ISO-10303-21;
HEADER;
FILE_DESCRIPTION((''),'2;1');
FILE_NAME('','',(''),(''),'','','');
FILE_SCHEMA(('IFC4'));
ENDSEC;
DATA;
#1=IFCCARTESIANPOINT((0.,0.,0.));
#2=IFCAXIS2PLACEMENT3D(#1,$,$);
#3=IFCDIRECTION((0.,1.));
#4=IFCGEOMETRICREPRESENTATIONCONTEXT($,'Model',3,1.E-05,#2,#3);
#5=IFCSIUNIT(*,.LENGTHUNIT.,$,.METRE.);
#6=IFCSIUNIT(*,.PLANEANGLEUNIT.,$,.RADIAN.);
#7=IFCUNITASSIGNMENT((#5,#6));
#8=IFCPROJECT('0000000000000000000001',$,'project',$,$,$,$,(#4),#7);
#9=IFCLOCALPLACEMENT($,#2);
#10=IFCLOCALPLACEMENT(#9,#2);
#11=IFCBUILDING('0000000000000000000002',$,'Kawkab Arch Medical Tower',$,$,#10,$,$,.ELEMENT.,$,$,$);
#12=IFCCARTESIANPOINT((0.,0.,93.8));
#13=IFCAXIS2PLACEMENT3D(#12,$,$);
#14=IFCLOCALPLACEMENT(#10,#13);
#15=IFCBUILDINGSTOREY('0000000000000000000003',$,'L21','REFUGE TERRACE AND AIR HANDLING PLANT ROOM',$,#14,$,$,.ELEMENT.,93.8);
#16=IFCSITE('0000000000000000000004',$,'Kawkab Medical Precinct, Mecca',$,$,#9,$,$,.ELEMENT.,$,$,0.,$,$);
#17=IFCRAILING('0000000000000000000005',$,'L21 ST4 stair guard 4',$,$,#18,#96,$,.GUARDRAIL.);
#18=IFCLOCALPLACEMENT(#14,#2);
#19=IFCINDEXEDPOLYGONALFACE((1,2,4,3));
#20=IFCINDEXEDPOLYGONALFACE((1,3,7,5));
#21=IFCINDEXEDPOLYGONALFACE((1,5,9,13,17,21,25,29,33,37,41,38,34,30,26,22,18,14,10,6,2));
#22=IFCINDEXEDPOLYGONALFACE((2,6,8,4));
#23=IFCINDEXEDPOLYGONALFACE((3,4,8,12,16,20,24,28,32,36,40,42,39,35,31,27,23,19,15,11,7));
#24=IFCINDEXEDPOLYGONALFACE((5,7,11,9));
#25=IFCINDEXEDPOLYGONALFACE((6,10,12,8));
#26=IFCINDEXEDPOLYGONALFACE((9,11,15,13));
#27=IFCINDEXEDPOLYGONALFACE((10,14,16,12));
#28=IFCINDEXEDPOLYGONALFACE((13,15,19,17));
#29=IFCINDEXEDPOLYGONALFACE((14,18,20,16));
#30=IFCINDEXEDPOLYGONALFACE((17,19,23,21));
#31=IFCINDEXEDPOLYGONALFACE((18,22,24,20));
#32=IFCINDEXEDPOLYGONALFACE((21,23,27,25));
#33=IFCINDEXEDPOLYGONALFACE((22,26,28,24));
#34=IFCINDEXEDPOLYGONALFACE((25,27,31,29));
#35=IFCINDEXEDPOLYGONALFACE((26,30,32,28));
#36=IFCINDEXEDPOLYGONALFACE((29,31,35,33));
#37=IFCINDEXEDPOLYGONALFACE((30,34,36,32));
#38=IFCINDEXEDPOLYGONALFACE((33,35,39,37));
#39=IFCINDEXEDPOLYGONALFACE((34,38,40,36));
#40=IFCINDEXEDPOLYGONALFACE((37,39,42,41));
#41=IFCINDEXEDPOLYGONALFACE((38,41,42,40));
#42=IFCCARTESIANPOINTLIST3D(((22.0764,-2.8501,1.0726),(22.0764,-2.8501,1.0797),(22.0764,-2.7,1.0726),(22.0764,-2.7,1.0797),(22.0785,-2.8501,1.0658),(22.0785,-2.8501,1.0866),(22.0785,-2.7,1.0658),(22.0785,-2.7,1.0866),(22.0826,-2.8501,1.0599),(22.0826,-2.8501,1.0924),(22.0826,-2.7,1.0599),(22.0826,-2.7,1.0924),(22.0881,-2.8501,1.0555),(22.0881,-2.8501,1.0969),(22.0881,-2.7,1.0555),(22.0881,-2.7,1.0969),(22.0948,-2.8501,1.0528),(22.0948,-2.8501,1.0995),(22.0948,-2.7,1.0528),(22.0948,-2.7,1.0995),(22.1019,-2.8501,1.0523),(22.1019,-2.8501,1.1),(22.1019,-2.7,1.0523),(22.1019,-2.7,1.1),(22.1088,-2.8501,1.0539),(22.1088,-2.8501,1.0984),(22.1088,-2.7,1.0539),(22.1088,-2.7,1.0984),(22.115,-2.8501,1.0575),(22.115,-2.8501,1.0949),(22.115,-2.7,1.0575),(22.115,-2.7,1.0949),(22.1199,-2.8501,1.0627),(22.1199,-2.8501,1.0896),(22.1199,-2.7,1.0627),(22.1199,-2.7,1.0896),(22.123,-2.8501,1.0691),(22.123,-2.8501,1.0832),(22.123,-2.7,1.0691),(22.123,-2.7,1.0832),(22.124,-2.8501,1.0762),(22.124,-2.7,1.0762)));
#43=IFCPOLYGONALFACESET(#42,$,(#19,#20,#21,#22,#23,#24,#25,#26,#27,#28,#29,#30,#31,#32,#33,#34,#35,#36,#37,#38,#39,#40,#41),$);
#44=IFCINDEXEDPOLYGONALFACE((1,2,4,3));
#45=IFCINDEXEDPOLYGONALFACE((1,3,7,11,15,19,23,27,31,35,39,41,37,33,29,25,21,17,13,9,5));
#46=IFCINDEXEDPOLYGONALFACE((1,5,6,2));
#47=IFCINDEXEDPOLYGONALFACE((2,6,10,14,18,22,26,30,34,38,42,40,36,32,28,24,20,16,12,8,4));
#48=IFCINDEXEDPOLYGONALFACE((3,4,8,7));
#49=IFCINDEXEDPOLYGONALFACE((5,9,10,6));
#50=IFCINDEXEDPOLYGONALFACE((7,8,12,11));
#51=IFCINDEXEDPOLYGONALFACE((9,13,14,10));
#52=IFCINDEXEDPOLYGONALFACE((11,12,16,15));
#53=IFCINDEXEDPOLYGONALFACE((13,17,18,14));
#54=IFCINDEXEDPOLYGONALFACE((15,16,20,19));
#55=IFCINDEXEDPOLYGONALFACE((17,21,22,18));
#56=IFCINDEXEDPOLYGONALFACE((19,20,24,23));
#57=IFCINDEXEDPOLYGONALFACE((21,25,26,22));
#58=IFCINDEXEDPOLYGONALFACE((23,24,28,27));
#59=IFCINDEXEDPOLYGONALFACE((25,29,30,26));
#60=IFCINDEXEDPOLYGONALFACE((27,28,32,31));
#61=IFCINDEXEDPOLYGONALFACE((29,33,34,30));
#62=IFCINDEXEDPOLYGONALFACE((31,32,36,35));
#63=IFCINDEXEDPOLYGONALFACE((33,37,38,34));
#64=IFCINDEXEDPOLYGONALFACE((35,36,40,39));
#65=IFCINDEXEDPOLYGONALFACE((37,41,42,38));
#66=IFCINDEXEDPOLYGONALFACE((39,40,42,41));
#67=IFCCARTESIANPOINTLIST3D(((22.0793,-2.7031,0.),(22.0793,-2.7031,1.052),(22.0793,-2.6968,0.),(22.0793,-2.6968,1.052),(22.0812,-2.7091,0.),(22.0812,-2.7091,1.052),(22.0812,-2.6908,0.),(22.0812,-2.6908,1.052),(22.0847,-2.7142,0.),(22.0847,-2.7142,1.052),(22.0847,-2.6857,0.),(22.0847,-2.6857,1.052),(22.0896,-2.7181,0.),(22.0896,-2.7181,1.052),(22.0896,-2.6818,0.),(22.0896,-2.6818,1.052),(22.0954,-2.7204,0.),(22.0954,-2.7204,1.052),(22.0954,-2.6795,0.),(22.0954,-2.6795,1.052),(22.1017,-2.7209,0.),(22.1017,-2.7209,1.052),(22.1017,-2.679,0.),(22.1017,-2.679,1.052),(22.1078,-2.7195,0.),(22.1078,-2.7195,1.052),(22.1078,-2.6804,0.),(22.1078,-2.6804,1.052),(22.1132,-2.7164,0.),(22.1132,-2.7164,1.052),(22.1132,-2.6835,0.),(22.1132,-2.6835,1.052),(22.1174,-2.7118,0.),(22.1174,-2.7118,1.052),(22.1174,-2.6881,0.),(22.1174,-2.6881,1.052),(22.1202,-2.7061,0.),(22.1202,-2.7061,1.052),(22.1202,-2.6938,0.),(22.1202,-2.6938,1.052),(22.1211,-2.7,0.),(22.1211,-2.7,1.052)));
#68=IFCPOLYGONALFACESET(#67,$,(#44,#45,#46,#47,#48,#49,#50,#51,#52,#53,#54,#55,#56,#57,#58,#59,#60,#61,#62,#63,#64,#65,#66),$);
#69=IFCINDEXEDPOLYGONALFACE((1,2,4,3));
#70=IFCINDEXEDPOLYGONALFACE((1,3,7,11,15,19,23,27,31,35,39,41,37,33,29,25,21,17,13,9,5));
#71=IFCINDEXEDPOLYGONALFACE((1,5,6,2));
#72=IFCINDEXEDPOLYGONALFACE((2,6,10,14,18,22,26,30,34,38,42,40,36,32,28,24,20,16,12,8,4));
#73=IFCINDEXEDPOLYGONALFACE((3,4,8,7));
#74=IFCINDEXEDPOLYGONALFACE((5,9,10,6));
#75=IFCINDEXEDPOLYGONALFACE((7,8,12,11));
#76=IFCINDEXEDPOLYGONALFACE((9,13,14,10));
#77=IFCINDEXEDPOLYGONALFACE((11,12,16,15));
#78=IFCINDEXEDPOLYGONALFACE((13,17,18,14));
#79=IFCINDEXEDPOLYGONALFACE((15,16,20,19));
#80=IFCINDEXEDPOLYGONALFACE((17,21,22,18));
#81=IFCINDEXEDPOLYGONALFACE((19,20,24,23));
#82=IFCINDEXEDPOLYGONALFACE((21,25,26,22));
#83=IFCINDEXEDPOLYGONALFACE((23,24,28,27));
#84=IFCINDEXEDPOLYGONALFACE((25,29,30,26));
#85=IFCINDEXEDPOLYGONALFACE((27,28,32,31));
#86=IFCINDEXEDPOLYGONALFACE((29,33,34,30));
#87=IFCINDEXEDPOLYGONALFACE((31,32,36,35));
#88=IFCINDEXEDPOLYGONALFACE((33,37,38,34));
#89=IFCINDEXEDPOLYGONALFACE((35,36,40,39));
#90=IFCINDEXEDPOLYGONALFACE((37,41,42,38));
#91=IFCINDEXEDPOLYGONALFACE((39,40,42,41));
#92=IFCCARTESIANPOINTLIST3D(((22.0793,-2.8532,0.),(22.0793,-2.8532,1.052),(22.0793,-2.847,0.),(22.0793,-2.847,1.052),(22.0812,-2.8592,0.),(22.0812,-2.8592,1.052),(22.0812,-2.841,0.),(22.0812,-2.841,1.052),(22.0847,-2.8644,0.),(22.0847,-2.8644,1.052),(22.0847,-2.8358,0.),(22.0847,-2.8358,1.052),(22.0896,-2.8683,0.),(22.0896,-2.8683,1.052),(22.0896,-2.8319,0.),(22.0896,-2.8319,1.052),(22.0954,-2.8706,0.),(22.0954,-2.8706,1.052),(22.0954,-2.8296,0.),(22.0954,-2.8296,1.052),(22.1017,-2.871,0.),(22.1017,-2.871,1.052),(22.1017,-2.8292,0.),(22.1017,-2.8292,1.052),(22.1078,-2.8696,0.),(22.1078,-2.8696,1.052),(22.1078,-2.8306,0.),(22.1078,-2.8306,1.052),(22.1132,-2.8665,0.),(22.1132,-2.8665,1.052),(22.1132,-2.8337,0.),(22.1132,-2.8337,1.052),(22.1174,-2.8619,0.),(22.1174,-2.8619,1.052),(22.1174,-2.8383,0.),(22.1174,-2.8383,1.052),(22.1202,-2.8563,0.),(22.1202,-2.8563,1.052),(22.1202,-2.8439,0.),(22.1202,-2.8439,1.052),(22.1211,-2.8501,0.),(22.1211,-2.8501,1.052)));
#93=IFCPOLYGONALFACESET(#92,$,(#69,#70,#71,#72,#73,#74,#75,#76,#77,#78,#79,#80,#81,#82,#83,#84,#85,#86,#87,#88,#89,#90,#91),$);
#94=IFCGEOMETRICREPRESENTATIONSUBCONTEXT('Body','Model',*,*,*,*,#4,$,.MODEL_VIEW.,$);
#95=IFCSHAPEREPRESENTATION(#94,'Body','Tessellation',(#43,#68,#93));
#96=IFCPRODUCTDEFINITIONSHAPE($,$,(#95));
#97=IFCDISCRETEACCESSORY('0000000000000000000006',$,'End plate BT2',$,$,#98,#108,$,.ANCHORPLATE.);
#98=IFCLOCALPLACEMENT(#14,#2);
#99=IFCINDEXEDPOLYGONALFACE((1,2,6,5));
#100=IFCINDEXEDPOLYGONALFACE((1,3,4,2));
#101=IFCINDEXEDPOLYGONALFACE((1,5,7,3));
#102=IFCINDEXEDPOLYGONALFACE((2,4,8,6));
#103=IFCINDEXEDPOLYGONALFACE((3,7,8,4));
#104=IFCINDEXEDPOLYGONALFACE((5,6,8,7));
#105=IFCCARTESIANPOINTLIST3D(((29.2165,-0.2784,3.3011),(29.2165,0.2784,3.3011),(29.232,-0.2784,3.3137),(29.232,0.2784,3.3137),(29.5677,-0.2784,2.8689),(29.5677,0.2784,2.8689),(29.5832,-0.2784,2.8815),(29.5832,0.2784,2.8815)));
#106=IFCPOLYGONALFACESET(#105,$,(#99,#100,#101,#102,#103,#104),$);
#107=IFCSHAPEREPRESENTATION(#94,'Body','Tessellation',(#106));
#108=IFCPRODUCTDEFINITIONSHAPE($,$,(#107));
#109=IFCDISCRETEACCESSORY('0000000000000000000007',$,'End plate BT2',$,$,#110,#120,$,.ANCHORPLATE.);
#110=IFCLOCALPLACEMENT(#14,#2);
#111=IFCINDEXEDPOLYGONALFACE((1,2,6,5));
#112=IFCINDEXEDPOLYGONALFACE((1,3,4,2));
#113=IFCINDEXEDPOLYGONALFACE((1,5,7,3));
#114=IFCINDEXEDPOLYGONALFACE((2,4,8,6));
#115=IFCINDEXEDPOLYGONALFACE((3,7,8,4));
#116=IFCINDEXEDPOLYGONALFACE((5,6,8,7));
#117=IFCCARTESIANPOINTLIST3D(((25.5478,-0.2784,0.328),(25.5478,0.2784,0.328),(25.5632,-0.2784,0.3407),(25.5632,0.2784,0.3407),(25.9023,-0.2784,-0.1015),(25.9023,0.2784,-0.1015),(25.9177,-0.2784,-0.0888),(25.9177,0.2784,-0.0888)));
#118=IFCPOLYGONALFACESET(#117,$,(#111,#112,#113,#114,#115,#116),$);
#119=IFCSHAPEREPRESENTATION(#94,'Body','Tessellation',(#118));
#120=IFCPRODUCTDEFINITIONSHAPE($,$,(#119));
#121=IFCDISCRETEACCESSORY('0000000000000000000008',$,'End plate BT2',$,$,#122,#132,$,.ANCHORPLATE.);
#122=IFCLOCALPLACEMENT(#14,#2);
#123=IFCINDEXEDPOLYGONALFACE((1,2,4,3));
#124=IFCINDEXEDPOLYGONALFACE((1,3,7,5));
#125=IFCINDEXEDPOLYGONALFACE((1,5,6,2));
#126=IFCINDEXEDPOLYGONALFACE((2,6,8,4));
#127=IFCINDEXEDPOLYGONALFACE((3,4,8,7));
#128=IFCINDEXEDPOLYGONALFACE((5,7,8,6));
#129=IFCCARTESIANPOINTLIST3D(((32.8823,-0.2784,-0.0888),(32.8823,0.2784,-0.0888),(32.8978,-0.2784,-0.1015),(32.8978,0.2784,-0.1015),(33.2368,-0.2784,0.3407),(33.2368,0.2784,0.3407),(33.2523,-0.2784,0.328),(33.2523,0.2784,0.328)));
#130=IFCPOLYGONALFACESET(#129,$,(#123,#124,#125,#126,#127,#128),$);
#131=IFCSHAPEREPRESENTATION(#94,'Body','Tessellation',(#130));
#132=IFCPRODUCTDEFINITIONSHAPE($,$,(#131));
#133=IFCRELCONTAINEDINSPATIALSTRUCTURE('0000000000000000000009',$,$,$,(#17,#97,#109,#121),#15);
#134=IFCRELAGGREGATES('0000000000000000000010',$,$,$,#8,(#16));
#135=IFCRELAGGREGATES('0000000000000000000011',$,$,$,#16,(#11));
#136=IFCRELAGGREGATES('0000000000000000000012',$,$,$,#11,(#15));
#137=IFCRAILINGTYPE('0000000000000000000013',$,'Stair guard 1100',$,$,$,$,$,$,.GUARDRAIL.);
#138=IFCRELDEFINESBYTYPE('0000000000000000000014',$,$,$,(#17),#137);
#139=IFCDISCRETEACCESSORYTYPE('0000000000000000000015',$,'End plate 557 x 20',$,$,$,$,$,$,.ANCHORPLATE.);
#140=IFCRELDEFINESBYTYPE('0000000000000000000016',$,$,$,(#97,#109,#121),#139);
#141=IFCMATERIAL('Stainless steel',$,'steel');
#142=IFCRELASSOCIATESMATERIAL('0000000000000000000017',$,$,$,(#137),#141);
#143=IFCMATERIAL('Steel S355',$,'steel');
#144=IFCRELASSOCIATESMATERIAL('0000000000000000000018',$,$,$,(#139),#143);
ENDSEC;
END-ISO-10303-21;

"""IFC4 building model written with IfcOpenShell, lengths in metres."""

from ifc_helpers import new_model, si_unit, direction, frame, origin, origin_2d, place, context, subcontext, project, spatial, rectangle, circle, extrude, material, material_profile, profile_set, type_object, element, save


model = new_model("IFC4")

# Units and contexts
model_context = context("Model", 3, precision=1e-05, world=origin(), true_north=direction((0.0, 1.0)))
body_context = subcontext(model_context, "Body", "Model", "MODEL_VIEW")
ifc_project = project(units=[si_unit("LENGTHUNIT", "METRE"), si_unit("PLANEANGLEUNIT", "RADIAN")], contexts=[model_context])

# Site, building, storey
site_placement = place(None, origin())
site = spatial("IfcSite", under=ifc_project, at=site_placement, Name="Kawkab Medical Precinct, Mecca", CompositionType="ELEMENT", RefElevation=0.0)
building_placement = place(site_placement, origin())
building = spatial("IfcBuilding", under=site, at=building_placement, Name="Kawkab Arch Medical Tower", CompositionType="ELEMENT")
storey_placement = place(building_placement, frame((0.0, 0.0, 93.8)))
storey = spatial("IfcBuildingStorey", under=building, at=storey_placement, Name="L21", Description="REFUGE TERRACE AND AIR HANDLING PLANT ROOM", CompositionType="ELEMENT", Elevation=93.8)

# Railing
ifc_material_1 = material(Name="Stainless steel", Category="steel")
railing_type_1 = type_object("IfcRailingType", Name="Stair guard 1100", PredefinedType="GUARDRAIL", material=ifc_material_1)
railing_1_placement = place(storey_placement, frame((22.1001, -2.7, 0.0)))
element("IfcRailing", 1, at=railing_1_placement, inside=storey, type_object=railing_type_1, Name="L21 ST4 stair guard 4", PredefinedType="GUARDRAIL", context=body_context, shape_type="SweptSolid", body=[
    extrude(circle(Radius=0.0239, at=origin_2d()), frame((0.0, 0.0, 1.0762), z_axis=(0.0, -1.0, 0.0), x_axis=(1.0, 0.0, 0.0)), (0.0, 0.0, 1.0), 0.1501),
    extrude(circle(Radius=0.021, at=origin_2d()), origin(), (0.0, 0.0, 1.0), 1.052),
    extrude(circle(Radius=0.021, at=origin_2d()), frame((0.0, -0.1501, 0.0)), (0.0, 0.0, 1.0), 1.052),
])

# Discrete accessories
ifc_material_2 = material(Name="Steel S355", Category="steel")
ifc_material_profile_1 = material_profile(ifc_material_2, rectangle(XDim=0.5569, YDim=0.5569, at=origin_2d()), Name="End plate 557 x 20")
ifc_profile_set_1 = profile_set([ifc_material_profile_1], Name="Steel S355")
discrete_accessory_type = type_object("IfcDiscreteAccessoryType", Name="End plate 557 x 20", PredefinedType="ANCHORPLATE", material=ifc_profile_set_1)
for number, where, z_axis, x_axis, name in (
    (2, (29.3921, 0.0, 3.085), (0.776114, 0.0, 0.630593), (0.0, 1.0, 0.0), "End plate BT2"),
    (3, (25.7405, 0.0, 0.126), (-0.771223, 0.0, -0.636565), (0.0, -1.0, 0.0), "End plate BT2"),
    (4, (33.0596, 0.0, 0.126), (0.771223, 0.0, -0.636565), (0.0, 1.0, 0.0), "End plate BT2"),
):
    element("IfcDiscreteAccessory", number, at=place(storey_placement, frame(where, z_axis=z_axis, x_axis=x_axis)), inside=storey, type_object=discrete_accessory_type, Name=name, PredefinedType="ANCHORPLATE", context=body_context, shape_type="SweptSolid", body=[
        extrude(rectangle(XDim=0.5569, YDim=0.5569, at=origin_2d()), origin(), (0.0, 0.0, 1.0), 0.02),
    ])

save(model, "model.ifc")
